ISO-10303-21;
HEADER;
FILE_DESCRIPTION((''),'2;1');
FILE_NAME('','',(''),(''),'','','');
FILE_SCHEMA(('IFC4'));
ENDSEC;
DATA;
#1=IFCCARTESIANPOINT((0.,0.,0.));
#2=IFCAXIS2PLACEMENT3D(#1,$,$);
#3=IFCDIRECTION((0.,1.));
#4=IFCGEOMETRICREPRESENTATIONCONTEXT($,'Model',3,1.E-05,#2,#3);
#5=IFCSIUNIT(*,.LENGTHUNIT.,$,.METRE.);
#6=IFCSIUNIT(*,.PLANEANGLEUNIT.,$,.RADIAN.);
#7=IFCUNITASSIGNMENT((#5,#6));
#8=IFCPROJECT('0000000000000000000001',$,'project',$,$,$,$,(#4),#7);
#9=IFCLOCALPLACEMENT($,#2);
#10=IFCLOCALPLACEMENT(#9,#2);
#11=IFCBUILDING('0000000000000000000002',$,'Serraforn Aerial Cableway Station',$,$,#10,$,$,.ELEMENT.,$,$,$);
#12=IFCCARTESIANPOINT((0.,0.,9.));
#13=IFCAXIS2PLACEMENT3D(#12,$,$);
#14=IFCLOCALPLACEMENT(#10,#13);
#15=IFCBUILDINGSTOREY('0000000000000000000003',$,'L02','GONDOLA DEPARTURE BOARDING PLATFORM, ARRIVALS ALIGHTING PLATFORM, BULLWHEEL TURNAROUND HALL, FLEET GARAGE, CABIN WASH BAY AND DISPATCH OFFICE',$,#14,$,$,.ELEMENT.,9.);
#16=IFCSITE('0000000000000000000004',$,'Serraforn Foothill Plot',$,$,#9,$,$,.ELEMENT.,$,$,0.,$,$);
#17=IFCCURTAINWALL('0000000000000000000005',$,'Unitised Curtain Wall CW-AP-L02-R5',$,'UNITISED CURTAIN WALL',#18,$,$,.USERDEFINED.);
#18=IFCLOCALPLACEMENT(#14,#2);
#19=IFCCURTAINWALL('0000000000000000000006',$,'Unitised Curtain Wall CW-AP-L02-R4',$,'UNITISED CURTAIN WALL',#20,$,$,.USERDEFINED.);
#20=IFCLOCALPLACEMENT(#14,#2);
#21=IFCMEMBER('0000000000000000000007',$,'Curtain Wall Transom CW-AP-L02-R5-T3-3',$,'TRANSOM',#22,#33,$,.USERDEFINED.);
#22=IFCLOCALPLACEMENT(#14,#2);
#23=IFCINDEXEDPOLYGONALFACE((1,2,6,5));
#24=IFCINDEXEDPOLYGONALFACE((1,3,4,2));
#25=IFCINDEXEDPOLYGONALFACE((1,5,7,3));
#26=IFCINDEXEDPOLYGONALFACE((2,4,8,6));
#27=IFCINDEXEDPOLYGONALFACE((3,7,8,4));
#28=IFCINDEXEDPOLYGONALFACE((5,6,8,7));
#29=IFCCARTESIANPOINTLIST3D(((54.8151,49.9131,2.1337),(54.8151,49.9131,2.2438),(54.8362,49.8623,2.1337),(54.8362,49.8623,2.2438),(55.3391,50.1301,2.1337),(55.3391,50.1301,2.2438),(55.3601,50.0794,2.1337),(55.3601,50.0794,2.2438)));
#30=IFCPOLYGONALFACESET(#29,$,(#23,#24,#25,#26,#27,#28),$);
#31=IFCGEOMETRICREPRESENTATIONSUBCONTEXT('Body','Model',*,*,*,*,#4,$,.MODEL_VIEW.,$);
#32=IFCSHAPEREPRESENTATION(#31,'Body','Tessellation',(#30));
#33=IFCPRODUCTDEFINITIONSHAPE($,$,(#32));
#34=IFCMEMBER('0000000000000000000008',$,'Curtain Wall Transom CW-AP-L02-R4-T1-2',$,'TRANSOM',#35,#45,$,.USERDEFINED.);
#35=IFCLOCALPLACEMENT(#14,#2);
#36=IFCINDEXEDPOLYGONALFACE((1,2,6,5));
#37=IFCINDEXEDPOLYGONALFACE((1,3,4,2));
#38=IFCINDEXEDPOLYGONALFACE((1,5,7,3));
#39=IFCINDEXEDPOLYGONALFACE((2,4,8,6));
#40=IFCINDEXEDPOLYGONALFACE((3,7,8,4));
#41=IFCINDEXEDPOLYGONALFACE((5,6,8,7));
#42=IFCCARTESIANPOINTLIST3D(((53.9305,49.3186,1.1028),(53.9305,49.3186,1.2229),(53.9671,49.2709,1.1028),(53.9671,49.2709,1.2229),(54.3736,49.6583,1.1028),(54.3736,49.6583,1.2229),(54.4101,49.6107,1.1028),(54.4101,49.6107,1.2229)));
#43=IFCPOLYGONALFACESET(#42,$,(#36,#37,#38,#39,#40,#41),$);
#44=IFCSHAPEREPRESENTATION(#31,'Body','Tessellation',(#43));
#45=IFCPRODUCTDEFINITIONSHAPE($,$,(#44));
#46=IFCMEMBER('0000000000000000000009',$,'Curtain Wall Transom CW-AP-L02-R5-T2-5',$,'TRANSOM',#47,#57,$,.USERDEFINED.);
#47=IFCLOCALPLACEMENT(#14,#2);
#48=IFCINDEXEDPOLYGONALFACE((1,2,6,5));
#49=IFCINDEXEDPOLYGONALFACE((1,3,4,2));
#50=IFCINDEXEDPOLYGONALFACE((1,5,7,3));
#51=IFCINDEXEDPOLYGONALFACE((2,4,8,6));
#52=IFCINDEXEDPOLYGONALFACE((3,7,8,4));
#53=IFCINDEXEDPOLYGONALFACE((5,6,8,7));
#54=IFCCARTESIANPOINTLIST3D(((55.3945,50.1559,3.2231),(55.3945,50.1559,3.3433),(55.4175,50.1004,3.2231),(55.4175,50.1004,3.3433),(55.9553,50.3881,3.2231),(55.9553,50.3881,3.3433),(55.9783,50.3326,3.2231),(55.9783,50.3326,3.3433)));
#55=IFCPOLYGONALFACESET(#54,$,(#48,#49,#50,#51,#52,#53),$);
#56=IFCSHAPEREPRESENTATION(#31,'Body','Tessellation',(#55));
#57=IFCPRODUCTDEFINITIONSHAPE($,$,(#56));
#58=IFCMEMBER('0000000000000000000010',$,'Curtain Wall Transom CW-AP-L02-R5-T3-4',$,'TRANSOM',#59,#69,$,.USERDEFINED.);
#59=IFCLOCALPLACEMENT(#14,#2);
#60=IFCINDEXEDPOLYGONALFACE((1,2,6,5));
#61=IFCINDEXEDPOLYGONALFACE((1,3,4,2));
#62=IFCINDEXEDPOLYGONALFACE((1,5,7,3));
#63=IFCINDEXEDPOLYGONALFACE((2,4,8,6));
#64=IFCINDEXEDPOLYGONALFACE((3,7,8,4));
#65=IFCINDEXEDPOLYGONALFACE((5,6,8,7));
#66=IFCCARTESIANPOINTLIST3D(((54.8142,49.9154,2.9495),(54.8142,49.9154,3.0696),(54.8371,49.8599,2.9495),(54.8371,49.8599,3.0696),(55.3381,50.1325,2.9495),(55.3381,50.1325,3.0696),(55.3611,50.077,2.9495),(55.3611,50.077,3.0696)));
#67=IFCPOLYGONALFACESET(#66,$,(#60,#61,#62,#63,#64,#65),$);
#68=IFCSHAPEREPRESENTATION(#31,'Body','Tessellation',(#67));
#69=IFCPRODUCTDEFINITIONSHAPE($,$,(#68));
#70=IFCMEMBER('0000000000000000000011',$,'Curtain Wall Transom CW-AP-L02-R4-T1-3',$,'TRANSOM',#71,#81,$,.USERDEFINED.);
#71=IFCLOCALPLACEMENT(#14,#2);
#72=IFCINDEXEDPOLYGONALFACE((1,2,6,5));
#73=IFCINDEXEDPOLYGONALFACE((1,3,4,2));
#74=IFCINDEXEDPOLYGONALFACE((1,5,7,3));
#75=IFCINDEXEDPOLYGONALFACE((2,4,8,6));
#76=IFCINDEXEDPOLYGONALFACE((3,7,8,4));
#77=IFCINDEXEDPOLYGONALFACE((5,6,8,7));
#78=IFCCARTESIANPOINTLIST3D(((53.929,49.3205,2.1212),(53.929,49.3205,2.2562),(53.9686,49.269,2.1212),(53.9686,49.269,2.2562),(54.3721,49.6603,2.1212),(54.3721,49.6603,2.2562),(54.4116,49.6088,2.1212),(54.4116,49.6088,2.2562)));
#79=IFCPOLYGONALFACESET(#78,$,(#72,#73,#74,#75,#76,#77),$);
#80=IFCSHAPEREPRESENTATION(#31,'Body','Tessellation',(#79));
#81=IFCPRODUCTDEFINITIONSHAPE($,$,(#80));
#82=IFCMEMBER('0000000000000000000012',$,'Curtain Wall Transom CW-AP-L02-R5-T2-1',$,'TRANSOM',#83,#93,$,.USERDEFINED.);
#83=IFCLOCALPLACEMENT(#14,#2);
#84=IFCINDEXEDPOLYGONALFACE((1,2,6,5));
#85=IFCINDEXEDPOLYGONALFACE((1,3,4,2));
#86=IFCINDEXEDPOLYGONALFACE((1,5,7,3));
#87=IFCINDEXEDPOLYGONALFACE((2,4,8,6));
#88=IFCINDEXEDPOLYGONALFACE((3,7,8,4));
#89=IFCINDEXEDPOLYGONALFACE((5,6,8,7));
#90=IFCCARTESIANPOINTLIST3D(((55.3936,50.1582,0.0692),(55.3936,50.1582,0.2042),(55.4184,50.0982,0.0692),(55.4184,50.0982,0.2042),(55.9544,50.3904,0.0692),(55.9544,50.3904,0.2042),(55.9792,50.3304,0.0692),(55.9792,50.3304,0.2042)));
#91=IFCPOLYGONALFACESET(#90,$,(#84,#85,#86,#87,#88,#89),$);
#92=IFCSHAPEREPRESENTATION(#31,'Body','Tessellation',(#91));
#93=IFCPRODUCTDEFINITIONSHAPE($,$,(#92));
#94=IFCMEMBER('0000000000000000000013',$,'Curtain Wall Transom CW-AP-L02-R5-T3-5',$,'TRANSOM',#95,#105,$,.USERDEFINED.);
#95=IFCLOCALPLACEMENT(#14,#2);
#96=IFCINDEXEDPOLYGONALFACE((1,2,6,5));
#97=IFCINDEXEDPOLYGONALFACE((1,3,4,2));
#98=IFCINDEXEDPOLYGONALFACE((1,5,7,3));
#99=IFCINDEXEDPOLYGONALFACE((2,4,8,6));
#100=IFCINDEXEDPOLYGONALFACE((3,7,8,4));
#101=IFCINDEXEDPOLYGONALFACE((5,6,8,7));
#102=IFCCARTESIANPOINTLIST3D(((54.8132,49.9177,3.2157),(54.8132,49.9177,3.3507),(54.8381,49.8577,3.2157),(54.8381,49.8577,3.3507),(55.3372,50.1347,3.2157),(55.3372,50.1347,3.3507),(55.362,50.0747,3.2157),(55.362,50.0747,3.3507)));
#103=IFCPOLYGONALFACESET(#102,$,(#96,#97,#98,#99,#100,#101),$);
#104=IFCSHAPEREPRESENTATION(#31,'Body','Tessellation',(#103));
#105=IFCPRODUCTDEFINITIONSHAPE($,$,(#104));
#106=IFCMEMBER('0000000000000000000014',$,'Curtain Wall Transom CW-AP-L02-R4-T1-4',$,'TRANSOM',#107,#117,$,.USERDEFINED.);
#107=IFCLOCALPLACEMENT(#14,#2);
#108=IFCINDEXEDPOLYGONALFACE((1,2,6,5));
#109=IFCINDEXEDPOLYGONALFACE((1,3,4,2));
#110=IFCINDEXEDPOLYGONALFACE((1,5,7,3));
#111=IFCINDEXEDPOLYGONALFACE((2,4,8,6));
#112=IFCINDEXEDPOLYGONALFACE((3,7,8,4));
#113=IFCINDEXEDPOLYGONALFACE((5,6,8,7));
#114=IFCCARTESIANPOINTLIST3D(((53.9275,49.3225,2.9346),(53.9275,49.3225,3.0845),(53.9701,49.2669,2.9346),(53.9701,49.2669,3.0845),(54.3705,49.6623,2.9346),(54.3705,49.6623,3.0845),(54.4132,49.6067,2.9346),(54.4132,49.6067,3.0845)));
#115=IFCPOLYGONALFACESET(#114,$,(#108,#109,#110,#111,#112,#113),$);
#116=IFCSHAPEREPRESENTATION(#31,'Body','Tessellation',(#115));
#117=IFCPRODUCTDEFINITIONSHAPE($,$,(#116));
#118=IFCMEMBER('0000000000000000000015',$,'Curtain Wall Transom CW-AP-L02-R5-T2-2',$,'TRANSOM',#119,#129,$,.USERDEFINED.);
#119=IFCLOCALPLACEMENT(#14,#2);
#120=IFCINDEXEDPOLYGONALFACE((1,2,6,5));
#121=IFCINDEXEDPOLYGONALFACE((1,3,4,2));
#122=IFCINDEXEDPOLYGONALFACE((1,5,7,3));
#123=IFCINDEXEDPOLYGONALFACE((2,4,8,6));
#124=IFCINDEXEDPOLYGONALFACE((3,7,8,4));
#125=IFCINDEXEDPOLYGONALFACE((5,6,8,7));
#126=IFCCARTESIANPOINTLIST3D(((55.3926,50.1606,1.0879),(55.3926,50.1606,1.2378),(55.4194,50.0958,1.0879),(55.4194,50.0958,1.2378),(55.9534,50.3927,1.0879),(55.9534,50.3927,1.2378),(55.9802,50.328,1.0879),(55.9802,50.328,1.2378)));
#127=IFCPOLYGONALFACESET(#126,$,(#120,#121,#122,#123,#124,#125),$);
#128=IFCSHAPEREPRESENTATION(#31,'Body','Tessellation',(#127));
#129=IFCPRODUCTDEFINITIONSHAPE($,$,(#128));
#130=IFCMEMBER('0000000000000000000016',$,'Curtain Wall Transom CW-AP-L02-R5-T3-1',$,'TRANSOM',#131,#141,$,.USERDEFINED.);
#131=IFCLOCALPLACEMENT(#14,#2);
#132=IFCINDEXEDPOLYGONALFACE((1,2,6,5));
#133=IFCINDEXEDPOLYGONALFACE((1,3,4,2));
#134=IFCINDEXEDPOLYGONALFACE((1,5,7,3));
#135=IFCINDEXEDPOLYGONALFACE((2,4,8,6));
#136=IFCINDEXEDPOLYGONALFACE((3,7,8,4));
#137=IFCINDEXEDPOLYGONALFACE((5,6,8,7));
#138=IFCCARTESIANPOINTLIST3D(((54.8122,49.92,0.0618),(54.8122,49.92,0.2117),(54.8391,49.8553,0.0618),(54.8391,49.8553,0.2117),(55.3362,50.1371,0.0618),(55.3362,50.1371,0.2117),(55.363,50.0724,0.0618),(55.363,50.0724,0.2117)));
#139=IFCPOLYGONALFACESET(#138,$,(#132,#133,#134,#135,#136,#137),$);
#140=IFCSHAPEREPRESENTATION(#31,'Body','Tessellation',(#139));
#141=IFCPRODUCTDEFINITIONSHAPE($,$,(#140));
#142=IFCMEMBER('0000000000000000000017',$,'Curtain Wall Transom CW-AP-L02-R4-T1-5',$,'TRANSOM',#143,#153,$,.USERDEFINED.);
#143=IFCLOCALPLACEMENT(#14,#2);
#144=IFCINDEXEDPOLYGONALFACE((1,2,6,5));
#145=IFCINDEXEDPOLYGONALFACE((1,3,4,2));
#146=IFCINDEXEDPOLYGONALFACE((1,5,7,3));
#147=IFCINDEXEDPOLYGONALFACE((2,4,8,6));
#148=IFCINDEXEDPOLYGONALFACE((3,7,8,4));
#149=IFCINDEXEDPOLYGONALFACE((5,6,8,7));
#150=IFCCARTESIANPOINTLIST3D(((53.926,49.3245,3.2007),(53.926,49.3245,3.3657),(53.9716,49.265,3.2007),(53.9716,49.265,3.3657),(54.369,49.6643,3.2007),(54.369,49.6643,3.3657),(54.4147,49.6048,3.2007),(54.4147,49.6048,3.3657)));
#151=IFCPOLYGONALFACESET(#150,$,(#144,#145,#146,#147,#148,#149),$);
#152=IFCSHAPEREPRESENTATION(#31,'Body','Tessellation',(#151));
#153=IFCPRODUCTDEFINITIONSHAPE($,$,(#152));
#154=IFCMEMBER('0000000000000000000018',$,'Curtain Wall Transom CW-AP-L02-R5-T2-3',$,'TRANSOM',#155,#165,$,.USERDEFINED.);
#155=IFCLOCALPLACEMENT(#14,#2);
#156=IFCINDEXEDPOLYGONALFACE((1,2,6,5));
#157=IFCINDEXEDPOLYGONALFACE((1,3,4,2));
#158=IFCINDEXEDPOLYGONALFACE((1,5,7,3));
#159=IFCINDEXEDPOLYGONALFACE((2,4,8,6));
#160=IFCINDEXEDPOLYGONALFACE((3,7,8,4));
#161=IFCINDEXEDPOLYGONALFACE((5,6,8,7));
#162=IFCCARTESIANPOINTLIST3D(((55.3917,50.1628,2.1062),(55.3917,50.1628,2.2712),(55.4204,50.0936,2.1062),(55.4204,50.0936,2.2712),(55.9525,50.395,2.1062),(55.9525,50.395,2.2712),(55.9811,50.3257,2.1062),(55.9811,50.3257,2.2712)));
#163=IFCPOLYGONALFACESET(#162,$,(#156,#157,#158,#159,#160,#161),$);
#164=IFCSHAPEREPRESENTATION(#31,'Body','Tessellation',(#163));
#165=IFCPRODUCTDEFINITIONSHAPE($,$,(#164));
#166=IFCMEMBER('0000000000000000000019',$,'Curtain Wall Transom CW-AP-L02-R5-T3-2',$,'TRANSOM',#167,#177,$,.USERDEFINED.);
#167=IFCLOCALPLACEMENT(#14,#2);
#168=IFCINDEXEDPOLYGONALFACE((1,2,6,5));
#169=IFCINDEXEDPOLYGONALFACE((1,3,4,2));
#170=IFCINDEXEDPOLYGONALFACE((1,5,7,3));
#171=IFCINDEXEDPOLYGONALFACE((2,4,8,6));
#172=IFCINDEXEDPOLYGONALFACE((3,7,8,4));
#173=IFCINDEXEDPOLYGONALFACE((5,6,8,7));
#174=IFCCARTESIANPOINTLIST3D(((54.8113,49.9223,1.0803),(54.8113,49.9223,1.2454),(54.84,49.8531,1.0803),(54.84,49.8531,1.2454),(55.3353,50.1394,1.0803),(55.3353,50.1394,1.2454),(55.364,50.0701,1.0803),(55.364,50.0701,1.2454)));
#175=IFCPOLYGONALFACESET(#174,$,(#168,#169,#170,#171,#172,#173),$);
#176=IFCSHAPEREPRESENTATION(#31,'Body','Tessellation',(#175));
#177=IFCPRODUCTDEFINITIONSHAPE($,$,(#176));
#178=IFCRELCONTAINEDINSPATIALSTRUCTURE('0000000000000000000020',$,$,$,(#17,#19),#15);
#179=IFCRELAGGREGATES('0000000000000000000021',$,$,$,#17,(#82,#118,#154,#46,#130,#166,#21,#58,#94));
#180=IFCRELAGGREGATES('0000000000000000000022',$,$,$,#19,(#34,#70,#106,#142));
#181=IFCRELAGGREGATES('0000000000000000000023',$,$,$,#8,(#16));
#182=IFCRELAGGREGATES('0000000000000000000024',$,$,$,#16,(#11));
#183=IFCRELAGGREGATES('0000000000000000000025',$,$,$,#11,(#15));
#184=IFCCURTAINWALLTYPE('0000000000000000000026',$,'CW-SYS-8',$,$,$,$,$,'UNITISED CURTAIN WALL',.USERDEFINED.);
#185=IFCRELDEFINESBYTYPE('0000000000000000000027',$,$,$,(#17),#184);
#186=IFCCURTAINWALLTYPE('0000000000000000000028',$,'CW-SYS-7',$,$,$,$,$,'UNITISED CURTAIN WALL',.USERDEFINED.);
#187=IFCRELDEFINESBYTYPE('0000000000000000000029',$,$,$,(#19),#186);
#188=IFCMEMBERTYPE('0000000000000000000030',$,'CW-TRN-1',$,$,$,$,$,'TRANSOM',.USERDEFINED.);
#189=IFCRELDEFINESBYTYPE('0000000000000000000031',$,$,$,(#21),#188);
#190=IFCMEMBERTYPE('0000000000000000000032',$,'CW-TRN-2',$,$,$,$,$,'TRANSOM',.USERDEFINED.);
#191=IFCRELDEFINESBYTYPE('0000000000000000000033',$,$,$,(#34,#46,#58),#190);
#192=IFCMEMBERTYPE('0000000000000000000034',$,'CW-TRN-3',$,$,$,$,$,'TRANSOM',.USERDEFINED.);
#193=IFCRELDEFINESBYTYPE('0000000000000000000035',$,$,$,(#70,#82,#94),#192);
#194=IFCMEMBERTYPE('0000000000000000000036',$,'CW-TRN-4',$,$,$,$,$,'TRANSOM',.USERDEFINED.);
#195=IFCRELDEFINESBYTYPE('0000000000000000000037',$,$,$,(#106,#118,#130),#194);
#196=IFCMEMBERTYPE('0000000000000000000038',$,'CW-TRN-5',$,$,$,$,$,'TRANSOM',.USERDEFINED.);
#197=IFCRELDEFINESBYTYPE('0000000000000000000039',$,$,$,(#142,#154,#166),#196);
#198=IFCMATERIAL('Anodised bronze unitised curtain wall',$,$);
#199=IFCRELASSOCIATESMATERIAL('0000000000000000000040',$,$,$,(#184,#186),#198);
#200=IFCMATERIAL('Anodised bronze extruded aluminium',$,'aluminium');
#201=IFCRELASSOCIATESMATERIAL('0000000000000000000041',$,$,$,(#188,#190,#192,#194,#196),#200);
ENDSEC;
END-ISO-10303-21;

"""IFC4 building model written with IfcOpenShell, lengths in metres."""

from ifc_helpers import new_model, si_unit, direction, frame, origin, origin_2d, place, context, subcontext, project, spatial, rectangle, extrude, material, material_profile, profile_set, type_object, element, aggregate, save


model = new_model("IFC4")

# Units and contexts
model_context = context("Model", 3, precision=1e-05, world=origin(), true_north=direction((0.0, 1.0)))
body_context = subcontext(model_context, "Body", "Model", "MODEL_VIEW")
ifc_project = project(units=[si_unit("LENGTHUNIT", "METRE"), si_unit("PLANEANGLEUNIT", "RADIAN")], contexts=[model_context])

# Site, building, storey
site_placement = place(None, origin())
site = spatial("IfcSite", under=ifc_project, at=site_placement, Name="Serraforn Foothill Plot", CompositionType="ELEMENT", RefElevation=0.0)
building_placement = place(site_placement, origin())
building = spatial("IfcBuilding", under=site, at=building_placement, Name="Serraforn Aerial Cableway Station", CompositionType="ELEMENT")
storey_placement = place(building_placement, frame((0.0, 0.0, 9.0)))
storey = spatial("IfcBuildingStorey", under=building, at=storey_placement, Name="L02", Description="GONDOLA DEPARTURE BOARDING PLATFORM, ARRIVALS ALIGHTING PLATFORM, BULLWHEEL TURNAROUND HALL, FLEET GARAGE, CABIN WASH BAY AND DISPATCH OFFICE", CompositionType="ELEMENT", Elevation=9.0)

# Curtain walls
ifc_material_1 = material(Name="Anodised bronze unitised curtain wall")
curtain_wall_type_1 = type_object("IfcCurtainWallType", Name="CW-SYS-8", ElementType="UNITISED CURTAIN WALL", PredefinedType="USERDEFINED", material=ifc_material_1)
curtain_wall_1_placement = place(storey_placement, origin())
curtain_wall_1 = element("IfcCurtainWall", 1, at=curtain_wall_1_placement, inside=storey, type_object=curtain_wall_type_1, Name="Unitised Curtain Wall CW-AP-L02-R5", ObjectType="UNITISED CURTAIN WALL", PredefinedType="USERDEFINED")
ifc_material_2 = material(Name="Anodised bronze extruded aluminium", Category="aluminium")
curtain_wall_type_2 = type_object("IfcCurtainWallType", Name="CW-SYS-7", ElementType="UNITISED CURTAIN WALL", PredefinedType="USERDEFINED", material=ifc_material_1)
curtain_wall_2_placement = place(storey_placement, origin())
curtain_wall_2 = element("IfcCurtainWall", 2, at=curtain_wall_2_placement, inside=storey, type_object=curtain_wall_type_2, Name="Unitised Curtain Wall CW-AP-L02-R4", ObjectType="UNITISED CURTAIN WALL", PredefinedType="USERDEFINED")
ifc_material_profile_1 = material_profile(ifc_material_2, rectangle(XDim=0.0549, YDim=0.1101, at=origin_2d()), Name="CW TRANSOM 55x110")
ifc_profile_set_1 = profile_set([ifc_material_profile_1], Name="Anodised bronze extruded aluminium")
member_type_1 = type_object("IfcMemberType", Name="CW-TRN-1", ElementType="TRANSOM", PredefinedType="USERDEFINED", material=ifc_profile_set_1)

# Members
member_1_placement = place(storey_placement, frame((55.3496, 50.1047, 2.1887), z_axis=(-0.923865, -0.382719, 0.0), x_axis=(0.382719, -0.923865, 0.0)))
member_1 = element("IfcMember", 3, at=member_1_placement, type_object=member_type_1, Name="Curtain Wall Transom CW-AP-L02-R5-T3-3", ObjectType="TRANSOM", PredefinedType="USERDEFINED", context=body_context, shape_type="SweptSolid", body=[
    extrude(rectangle(XDim=0.0549, YDim=0.1101, at=origin_2d()), origin(), (0.0, 0.0, 1.0), 0.5671),
])
ifc_material_profile_2 = material_profile(ifc_material_2, rectangle(XDim=0.0601, YDim=0.1201, at=origin_2d()), Name="CW TRANSOM 60x120")
ifc_profile_set_2 = profile_set([ifc_material_profile_2], Name="Anodised bronze extruded aluminium")
member_type_2 = type_object("IfcMemberType", Name="CW-TRN-2", ElementType="TRANSOM", PredefinedType="USERDEFINED", material=ifc_profile_set_2)
member_2_placement = place(storey_placement, frame((54.3918, 49.6345, 1.1628), z_axis=(-0.793501, -0.608569, 0.0), x_axis=(0.608569, -0.793501, 0.0)))
member_2 = element("IfcMember", 4, at=member_2_placement, type_object=member_type_2, Name="Curtain Wall Transom CW-AP-L02-R4-T1-2", ObjectType="TRANSOM", PredefinedType="USERDEFINED", context=body_context, shape_type="SweptSolid", body=[
    extrude(rectangle(XDim=0.0601, YDim=0.1201, at=origin_2d()), origin(), (0.0, 0.0, 1.0), 0.5583),
])
member_3_placement = place(storey_placement, frame((55.9668, 50.3604, 3.2832), z_axis=(-0.923943, -0.382529, 0.0), x_axis=(0.382529, -0.923943, 0.0)))
member_3 = element("IfcMember", 5, at=member_3_placement, type_object=member_type_2, Name="Curtain Wall Transom CW-AP-L02-R5-T2-5", ObjectType="TRANSOM", PredefinedType="USERDEFINED", context=body_context, shape_type="SweptSolid", body=[
    extrude(rectangle(XDim=0.0601, YDim=0.1201, at=origin_2d()), origin(), (0.0, 0.0, 1.0), 0.6069),
])
member_4_placement = place(storey_placement, frame((55.3496, 50.1047, 3.0095), z_axis=(-0.923865, -0.382719, 0.0), x_axis=(0.382719, -0.923865, 0.0)))
member_4 = element("IfcMember", 6, at=member_4_placement, type_object=member_type_2, Name="Curtain Wall Transom CW-AP-L02-R5-T3-4", ObjectType="TRANSOM", PredefinedType="USERDEFINED", context=body_context, shape_type="SweptSolid", body=[
    extrude(rectangle(XDim=0.0601, YDim=0.1201, at=origin_2d()), origin(), (0.0, 0.0, 1.0), 0.5671),
])
ifc_material_profile_3 = material_profile(ifc_material_2, rectangle(XDim=0.0649, YDim=0.135, at=origin_2d()), Name="CW TRANSOM 65x135")
ifc_profile_set_3 = profile_set([ifc_material_profile_3], Name="Anodised bronze extruded aluminium")
member_type_3 = type_object("IfcMemberType", Name="CW-TRN-3", ElementType="TRANSOM", PredefinedType="USERDEFINED", material=ifc_profile_set_3)
member_5_placement = place(storey_placement, frame((54.3918, 49.6345, 2.1887), z_axis=(-0.793501, -0.608569, 0.0), x_axis=(0.608569, -0.793501, 0.0)))
member_5 = element("IfcMember", 7, at=member_5_placement, type_object=member_type_3, Name="Curtain Wall Transom CW-AP-L02-R4-T1-3", ObjectType="TRANSOM", PredefinedType="USERDEFINED", context=body_context, shape_type="SweptSolid", body=[
    extrude(rectangle(XDim=0.0649, YDim=0.135, at=origin_2d()), origin(), (0.0, 0.0, 1.0), 0.5583),
])
member_6_placement = place(storey_placement, frame((55.9668, 50.3604, 0.1367), z_axis=(-0.923943, -0.382529, 0.0), x_axis=(0.382529, -0.923943, 0.0)))
member_6 = element("IfcMember", 8, at=member_6_placement, type_object=member_type_3, Name="Curtain Wall Transom CW-AP-L02-R5-T2-1", ObjectType="TRANSOM", PredefinedType="USERDEFINED", context=body_context, shape_type="SweptSolid", body=[
    extrude(rectangle(XDim=0.0649, YDim=0.135, at=origin_2d()), origin(), (0.0, 0.0, 1.0), 0.6069),
])
member_7_placement = place(storey_placement, frame((55.3496, 50.1047, 3.2832), z_axis=(-0.923865, -0.382719, 0.0), x_axis=(0.382719, -0.923865, 0.0)))
member_7 = element("IfcMember", 9, at=member_7_placement, type_object=member_type_3, Name="Curtain Wall Transom CW-AP-L02-R5-T3-5", ObjectType="TRANSOM", PredefinedType="USERDEFINED", context=body_context, shape_type="SweptSolid", body=[
    extrude(rectangle(XDim=0.0649, YDim=0.135, at=origin_2d()), origin(), (0.0, 0.0, 1.0), 0.5671),
])
ifc_material_profile_4 = material_profile(ifc_material_2, rectangle(XDim=0.0701, YDim=0.1499, at=origin_2d()), Name="CW TRANSOM 70x150")
ifc_profile_set_4 = profile_set([ifc_material_profile_4], Name="Anodised bronze extruded aluminium")
member_type_4 = type_object("IfcMemberType", Name="CW-TRN-4", ElementType="TRANSOM", PredefinedType="USERDEFINED", material=ifc_profile_set_4)
member_8_placement = place(storey_placement, frame((54.3918, 49.6345, 3.0095), z_axis=(-0.793501, -0.608569, 0.0), x_axis=(0.608569, -0.793501, 0.0)))
member_8 = element("IfcMember", 10, at=member_8_placement, type_object=member_type_4, Name="Curtain Wall Transom CW-AP-L02-R4-T1-4", ObjectType="TRANSOM", PredefinedType="USERDEFINED", context=body_context, shape_type="SweptSolid", body=[
    extrude(rectangle(XDim=0.0701, YDim=0.1499, at=origin_2d()), origin(), (0.0, 0.0, 1.0), 0.5583),
])
member_9_placement = place(storey_placement, frame((55.9668, 50.3604, 1.1628), z_axis=(-0.923943, -0.382529, 0.0), x_axis=(0.382529, -0.923943, 0.0)))
member_9 = element("IfcMember", 11, at=member_9_placement, type_object=member_type_4, Name="Curtain Wall Transom CW-AP-L02-R5-T2-2", ObjectType="TRANSOM", PredefinedType="USERDEFINED", context=body_context, shape_type="SweptSolid", body=[
    extrude(rectangle(XDim=0.0701, YDim=0.1499, at=origin_2d()), origin(), (0.0, 0.0, 1.0), 0.6069),
])
member_10_placement = place(storey_placement, frame((55.3496, 50.1047, 0.1367), z_axis=(-0.923865, -0.382719, 0.0), x_axis=(0.382719, -0.923865, 0.0)))
member_10 = element("IfcMember", 12, at=member_10_placement, type_object=member_type_4, Name="Curtain Wall Transom CW-AP-L02-R5-T3-1", ObjectType="TRANSOM", PredefinedType="USERDEFINED", context=body_context, shape_type="SweptSolid", body=[
    extrude(rectangle(XDim=0.0701, YDim=0.1499, at=origin_2d()), origin(), (0.0, 0.0, 1.0), 0.5671),
])
ifc_material_profile_5 = material_profile(ifc_material_2, rectangle(XDim=0.075, YDim=0.165, at=origin_2d()), Name="CW TRANSOM 75x165")
ifc_profile_set_5 = profile_set([ifc_material_profile_5], Name="Anodised bronze extruded aluminium")
member_type_5 = type_object("IfcMemberType", Name="CW-TRN-5", ElementType="TRANSOM", PredefinedType="USERDEFINED", material=ifc_profile_set_5)
member_11_placement = place(storey_placement, frame((54.3918, 49.6345, 3.2832), z_axis=(-0.793501, -0.608569, 0.0), x_axis=(0.608569, -0.793501, 0.0)))
member_11 = element("IfcMember", 13, at=member_11_placement, type_object=member_type_5, Name="Curtain Wall Transom CW-AP-L02-R4-T1-5", ObjectType="TRANSOM", PredefinedType="USERDEFINED", context=body_context, shape_type="SweptSolid", body=[
    extrude(rectangle(XDim=0.075, YDim=0.165, at=origin_2d()), origin(), (0.0, 0.0, 1.0), 0.5583),
])
member_12_placement = place(storey_placement, frame((55.9668, 50.3604, 2.1887), z_axis=(-0.923943, -0.382529, 0.0), x_axis=(0.382529, -0.923943, 0.0)))
member_12 = element("IfcMember", 14, at=member_12_placement, type_object=member_type_5, Name="Curtain Wall Transom CW-AP-L02-R5-T2-3", ObjectType="TRANSOM", PredefinedType="USERDEFINED", context=body_context, shape_type="SweptSolid", body=[
    extrude(rectangle(XDim=0.075, YDim=0.165, at=origin_2d()), origin(), (0.0, 0.0, 1.0), 0.6069),
])
member_13_placement = place(storey_placement, frame((55.3496, 50.1047, 1.1628), z_axis=(-0.923865, -0.382719, 0.0), x_axis=(0.382719, -0.923865, 0.0)))
member_13 = element("IfcMember", 15, at=member_13_placement, type_object=member_type_5, Name="Curtain Wall Transom CW-AP-L02-R5-T3-2", ObjectType="TRANSOM", PredefinedType="USERDEFINED", context=body_context, shape_type="SweptSolid", body=[
    extrude(rectangle(XDim=0.075, YDim=0.165, at=origin_2d()), origin(), (0.0, 0.0, 1.0), 0.5671),
])

aggregate(curtain_wall_1, [member_6, member_9, member_12, member_3, member_10, member_13, member_1, member_4, member_7])
aggregate(curtain_wall_2, [member_2, member_5, member_8, member_11])

save(model, "model.ifc")
